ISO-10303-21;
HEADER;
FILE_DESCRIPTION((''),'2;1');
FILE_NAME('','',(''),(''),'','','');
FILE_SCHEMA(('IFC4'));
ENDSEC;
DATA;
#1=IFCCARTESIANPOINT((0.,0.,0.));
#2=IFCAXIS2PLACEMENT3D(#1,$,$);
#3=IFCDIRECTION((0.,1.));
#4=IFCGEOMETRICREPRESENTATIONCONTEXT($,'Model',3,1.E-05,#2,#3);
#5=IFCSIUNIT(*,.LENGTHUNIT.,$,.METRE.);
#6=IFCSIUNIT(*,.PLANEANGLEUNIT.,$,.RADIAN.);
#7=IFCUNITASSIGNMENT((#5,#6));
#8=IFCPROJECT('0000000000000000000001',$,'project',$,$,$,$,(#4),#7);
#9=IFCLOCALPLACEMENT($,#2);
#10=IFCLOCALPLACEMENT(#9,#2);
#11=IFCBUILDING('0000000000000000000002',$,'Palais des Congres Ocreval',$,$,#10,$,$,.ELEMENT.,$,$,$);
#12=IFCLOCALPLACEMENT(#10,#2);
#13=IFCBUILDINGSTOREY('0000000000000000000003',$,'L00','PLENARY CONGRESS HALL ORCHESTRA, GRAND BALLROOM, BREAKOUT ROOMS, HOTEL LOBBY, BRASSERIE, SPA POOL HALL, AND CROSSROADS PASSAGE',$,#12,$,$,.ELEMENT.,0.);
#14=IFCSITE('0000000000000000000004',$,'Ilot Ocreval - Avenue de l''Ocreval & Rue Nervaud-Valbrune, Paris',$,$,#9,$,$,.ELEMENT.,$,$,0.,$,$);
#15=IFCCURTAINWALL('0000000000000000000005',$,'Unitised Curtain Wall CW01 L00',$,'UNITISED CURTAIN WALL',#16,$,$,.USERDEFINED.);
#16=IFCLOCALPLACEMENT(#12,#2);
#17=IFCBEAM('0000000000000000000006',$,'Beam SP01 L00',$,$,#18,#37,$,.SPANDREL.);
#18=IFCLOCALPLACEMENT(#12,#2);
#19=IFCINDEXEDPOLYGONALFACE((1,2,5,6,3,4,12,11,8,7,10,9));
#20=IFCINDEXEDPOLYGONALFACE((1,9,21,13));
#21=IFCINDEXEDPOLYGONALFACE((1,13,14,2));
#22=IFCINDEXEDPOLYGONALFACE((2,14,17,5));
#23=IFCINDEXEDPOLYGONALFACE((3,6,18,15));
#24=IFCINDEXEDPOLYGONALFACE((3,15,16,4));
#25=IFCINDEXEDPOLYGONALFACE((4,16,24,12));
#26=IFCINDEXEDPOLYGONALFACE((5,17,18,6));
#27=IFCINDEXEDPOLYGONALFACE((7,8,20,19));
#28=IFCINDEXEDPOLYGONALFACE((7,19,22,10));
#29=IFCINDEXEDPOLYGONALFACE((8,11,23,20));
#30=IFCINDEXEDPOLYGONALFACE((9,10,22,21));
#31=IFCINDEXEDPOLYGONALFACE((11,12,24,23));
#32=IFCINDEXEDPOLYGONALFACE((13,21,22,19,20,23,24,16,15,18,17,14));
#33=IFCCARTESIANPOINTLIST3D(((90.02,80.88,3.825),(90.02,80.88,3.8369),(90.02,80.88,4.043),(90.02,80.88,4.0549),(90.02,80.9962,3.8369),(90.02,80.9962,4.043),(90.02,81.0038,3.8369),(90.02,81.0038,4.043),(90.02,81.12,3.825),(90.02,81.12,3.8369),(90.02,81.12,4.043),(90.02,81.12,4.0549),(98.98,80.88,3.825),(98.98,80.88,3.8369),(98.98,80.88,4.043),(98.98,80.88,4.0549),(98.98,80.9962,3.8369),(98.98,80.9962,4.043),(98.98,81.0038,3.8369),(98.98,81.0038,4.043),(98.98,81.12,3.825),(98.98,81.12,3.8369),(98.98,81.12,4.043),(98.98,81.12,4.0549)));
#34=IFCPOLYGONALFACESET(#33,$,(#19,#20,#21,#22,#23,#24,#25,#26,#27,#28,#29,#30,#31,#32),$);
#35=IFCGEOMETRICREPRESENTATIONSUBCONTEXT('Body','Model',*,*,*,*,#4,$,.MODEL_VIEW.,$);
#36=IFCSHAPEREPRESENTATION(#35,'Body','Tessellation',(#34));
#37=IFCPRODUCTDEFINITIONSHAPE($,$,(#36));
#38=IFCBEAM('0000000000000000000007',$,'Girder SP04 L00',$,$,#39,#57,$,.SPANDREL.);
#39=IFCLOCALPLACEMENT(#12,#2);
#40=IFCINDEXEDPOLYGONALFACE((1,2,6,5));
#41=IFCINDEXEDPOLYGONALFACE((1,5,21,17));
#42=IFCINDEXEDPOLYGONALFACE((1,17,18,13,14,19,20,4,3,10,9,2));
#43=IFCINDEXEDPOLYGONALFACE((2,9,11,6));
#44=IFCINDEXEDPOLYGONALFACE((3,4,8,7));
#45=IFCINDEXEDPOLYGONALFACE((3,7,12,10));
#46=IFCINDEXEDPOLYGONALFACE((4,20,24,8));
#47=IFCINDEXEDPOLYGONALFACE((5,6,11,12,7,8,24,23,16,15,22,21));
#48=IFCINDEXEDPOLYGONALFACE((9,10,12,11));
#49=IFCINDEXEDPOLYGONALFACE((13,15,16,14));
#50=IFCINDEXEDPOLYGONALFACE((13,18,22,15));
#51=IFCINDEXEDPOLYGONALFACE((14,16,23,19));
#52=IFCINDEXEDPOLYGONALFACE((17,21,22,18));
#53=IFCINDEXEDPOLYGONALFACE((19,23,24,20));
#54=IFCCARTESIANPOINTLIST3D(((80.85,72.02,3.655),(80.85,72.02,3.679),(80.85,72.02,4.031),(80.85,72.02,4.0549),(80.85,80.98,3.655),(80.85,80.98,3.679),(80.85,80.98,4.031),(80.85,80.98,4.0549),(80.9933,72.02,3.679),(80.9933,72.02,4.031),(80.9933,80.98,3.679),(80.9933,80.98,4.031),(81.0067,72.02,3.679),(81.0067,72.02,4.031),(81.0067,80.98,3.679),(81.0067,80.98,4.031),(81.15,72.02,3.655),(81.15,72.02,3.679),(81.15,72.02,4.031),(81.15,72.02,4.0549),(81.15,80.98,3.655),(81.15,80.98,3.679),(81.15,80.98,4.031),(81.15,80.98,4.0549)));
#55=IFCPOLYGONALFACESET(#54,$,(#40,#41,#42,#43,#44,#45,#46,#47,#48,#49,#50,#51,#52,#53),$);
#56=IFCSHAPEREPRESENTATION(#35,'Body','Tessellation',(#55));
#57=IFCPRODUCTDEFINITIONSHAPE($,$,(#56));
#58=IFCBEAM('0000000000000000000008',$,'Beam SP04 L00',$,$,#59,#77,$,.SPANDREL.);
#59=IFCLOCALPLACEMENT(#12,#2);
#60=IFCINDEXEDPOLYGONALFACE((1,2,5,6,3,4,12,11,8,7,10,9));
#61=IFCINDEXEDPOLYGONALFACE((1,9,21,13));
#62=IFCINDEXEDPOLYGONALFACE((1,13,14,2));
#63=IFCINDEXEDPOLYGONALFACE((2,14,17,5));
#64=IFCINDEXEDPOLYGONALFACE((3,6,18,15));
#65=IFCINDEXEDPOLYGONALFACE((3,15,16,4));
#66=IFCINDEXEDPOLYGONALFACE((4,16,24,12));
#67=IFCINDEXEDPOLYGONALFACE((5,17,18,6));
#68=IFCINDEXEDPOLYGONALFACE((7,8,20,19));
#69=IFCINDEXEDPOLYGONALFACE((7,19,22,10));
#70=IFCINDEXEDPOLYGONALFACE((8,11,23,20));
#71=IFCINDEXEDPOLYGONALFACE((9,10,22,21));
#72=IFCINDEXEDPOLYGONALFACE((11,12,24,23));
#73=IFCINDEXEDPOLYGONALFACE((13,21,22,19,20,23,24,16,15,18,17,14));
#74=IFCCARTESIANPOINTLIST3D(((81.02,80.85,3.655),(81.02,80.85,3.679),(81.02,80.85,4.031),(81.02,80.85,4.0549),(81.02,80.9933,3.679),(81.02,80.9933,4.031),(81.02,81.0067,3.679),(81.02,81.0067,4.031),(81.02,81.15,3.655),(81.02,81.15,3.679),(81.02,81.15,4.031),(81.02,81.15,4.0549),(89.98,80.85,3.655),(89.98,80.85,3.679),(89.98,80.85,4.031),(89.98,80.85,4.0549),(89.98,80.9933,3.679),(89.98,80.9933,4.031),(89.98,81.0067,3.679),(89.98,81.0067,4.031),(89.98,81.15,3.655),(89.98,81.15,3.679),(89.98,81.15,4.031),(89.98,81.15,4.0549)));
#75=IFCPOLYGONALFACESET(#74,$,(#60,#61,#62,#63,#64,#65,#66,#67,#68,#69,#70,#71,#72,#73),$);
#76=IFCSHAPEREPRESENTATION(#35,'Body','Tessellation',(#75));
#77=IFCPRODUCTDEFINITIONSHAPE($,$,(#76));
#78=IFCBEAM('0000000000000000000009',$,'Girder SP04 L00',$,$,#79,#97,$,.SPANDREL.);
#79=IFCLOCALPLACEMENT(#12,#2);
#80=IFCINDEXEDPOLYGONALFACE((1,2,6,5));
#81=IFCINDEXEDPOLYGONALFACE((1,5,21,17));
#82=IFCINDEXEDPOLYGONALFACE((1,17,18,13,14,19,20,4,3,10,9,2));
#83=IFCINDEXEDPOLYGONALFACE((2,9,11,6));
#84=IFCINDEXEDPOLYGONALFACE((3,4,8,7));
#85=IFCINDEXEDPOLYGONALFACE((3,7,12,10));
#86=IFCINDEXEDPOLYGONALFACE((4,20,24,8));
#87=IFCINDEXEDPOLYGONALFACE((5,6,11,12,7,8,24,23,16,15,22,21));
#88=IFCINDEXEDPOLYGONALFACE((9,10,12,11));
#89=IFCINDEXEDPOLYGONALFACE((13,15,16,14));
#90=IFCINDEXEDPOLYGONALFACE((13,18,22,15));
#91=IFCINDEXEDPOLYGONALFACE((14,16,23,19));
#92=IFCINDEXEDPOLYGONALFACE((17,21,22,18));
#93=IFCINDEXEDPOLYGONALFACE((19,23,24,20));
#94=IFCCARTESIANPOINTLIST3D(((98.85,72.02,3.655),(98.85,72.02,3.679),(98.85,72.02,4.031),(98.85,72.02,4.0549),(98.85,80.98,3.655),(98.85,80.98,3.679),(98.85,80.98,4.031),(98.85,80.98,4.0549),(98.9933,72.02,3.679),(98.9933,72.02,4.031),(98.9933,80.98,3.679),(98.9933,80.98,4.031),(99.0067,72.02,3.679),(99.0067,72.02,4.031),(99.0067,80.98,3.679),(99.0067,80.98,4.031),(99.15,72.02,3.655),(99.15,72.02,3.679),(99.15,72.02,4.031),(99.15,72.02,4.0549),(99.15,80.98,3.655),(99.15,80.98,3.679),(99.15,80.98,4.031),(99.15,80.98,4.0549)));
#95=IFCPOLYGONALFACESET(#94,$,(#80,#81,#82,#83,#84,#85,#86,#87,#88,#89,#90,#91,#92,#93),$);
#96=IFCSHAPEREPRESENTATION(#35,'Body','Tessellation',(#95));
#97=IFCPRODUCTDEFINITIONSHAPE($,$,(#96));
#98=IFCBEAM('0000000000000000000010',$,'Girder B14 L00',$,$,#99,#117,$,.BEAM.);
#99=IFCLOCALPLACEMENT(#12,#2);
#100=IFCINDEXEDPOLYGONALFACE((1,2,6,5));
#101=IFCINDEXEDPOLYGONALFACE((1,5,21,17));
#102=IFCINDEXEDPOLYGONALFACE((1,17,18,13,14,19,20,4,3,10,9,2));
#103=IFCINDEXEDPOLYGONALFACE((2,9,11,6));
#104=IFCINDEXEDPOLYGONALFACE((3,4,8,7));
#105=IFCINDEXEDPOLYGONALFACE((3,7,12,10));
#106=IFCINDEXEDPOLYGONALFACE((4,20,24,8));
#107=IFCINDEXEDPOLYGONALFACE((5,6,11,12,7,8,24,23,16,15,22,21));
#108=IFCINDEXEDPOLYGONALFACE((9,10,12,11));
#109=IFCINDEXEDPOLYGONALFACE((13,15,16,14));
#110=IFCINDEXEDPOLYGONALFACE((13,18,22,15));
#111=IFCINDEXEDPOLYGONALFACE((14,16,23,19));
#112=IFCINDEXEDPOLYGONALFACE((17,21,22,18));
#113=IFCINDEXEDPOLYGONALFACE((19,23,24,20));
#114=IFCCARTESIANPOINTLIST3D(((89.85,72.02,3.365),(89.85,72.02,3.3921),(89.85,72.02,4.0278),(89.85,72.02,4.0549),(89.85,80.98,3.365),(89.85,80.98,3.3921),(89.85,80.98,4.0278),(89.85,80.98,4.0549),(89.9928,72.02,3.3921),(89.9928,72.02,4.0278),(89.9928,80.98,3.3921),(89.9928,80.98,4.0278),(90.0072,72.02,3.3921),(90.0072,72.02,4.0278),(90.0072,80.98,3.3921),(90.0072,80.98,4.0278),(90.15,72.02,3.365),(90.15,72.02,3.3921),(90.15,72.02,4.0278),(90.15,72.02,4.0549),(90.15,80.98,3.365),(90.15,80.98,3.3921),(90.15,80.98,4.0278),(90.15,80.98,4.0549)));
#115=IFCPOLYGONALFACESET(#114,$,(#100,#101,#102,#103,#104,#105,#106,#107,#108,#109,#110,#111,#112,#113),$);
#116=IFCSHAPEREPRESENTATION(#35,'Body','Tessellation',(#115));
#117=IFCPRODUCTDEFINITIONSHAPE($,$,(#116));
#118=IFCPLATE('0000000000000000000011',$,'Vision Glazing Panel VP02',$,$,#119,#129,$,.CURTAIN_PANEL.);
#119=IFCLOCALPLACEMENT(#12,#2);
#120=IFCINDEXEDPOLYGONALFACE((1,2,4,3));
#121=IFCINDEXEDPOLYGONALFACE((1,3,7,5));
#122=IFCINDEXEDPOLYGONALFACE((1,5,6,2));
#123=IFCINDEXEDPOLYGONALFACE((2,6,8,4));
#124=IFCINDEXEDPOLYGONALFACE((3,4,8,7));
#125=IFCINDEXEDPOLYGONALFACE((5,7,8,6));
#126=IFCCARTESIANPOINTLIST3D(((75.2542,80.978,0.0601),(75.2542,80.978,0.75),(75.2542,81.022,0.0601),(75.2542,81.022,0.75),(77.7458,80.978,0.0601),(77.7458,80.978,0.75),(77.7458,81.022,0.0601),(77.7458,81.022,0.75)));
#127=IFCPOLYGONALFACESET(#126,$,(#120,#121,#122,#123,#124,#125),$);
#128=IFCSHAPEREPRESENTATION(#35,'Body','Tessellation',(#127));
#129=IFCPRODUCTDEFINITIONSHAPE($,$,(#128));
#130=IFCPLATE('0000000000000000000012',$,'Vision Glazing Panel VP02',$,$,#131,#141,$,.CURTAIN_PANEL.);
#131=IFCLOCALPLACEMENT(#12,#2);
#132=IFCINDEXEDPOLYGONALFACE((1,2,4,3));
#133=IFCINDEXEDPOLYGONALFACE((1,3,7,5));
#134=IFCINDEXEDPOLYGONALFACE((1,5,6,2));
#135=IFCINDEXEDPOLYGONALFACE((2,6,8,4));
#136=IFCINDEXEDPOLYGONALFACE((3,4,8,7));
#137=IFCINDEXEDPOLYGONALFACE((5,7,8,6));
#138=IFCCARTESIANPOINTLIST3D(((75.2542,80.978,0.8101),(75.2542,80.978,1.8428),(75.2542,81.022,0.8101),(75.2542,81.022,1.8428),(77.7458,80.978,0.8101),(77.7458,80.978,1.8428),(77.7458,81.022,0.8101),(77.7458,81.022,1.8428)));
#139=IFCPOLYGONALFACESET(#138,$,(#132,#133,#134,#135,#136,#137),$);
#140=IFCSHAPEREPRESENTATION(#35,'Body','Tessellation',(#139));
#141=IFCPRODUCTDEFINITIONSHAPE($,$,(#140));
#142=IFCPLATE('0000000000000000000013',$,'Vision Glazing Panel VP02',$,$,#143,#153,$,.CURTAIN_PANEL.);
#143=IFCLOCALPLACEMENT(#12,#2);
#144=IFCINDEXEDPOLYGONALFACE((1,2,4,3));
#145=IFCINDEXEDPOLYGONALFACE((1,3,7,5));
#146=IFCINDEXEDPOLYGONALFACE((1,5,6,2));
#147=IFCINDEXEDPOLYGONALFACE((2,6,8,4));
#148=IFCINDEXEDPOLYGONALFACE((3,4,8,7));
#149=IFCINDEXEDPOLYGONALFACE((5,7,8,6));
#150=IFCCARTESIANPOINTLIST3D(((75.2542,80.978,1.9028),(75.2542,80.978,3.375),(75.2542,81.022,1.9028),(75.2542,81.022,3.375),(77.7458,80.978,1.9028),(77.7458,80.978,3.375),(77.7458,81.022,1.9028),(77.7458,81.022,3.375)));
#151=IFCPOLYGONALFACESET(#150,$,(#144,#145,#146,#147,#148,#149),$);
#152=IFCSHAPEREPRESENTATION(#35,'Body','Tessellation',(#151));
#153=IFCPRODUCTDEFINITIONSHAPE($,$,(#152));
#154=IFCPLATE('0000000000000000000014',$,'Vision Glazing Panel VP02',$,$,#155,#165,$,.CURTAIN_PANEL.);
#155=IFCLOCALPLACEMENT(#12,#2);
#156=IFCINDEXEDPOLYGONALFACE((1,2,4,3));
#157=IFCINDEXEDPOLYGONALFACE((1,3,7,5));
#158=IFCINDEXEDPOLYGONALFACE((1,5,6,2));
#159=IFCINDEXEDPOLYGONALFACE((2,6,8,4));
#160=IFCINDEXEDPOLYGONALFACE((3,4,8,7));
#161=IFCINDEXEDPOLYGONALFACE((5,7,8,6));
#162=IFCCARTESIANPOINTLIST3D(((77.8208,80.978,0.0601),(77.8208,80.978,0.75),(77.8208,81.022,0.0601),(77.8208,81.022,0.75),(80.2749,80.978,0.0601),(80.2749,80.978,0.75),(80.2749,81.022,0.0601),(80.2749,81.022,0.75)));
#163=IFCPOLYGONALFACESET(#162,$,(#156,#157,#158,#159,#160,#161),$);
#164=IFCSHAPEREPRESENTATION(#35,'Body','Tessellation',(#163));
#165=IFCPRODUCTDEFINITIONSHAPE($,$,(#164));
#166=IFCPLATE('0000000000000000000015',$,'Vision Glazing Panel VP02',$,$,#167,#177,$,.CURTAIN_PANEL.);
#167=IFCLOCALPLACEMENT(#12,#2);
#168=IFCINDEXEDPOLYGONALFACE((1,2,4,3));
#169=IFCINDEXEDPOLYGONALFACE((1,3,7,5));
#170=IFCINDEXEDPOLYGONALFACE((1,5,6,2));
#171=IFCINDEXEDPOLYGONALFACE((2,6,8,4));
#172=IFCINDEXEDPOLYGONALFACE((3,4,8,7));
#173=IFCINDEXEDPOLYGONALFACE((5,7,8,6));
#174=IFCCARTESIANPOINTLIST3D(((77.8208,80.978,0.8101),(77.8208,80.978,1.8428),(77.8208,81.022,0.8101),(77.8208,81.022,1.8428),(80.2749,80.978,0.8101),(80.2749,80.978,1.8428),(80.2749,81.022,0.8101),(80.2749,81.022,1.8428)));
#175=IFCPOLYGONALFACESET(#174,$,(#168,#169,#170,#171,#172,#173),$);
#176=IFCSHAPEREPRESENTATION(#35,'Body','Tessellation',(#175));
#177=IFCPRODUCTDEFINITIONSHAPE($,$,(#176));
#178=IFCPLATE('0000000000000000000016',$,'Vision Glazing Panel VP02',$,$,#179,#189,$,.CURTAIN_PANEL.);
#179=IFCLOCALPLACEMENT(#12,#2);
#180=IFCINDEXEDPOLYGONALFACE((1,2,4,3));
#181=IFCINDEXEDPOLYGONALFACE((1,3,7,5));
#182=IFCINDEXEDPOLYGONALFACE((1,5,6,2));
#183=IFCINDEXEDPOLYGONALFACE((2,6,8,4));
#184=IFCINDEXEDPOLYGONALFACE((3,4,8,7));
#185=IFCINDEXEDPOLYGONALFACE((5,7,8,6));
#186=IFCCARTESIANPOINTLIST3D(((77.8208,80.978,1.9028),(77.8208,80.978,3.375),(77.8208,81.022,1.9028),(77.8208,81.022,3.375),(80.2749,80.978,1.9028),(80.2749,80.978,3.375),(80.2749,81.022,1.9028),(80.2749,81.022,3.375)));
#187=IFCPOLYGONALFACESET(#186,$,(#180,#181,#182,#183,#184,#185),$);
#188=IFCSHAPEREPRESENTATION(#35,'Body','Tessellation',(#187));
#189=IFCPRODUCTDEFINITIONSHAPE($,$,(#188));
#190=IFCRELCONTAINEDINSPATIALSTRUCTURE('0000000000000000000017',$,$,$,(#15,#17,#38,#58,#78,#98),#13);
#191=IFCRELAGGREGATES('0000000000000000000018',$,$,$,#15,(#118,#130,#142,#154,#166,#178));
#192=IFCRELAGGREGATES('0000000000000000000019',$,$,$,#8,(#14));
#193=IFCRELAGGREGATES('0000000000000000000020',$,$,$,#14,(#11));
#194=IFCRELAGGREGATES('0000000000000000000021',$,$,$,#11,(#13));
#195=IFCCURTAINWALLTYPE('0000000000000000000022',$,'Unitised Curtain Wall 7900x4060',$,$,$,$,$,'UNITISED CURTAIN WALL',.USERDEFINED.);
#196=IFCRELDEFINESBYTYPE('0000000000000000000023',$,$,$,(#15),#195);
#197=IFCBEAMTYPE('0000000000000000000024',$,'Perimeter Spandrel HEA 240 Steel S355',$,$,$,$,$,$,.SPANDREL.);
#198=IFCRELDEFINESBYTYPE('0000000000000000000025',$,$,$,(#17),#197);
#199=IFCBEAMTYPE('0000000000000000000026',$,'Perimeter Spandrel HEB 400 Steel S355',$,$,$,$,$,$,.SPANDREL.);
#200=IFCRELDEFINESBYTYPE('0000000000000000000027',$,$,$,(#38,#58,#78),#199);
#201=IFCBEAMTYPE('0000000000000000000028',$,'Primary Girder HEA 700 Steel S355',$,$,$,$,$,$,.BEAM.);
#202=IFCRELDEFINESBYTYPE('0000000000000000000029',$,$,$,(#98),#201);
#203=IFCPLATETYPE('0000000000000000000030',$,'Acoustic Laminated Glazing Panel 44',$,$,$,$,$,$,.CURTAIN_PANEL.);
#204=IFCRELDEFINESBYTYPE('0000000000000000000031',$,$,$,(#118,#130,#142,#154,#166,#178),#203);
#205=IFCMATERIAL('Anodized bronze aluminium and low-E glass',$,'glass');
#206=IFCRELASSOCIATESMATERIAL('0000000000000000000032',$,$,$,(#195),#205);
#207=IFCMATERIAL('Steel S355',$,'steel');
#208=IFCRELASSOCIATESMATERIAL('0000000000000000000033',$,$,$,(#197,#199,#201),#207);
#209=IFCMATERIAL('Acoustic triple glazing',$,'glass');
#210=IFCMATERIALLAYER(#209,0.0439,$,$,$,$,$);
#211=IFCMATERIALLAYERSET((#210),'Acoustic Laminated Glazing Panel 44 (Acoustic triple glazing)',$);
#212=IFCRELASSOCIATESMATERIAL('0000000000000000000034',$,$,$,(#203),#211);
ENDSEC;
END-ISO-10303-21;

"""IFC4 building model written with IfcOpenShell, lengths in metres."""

from ifc_helpers import new_model, si_unit, direction, frame, origin, origin_2d, place, context, subcontext, project, spatial, rectangle, i_section, extrude, material, layer, layer_set, material_profile, profile_set, type_object, element, aggregate, save


model = new_model("IFC4")

# Units and contexts
model_context = context("Model", 3, precision=1e-05, world=origin(), true_north=direction((0.0, 1.0)))
body_context = subcontext(model_context, "Body", "Model", "MODEL_VIEW")
ifc_project = project(units=[si_unit("LENGTHUNIT", "METRE"), si_unit("PLANEANGLEUNIT", "RADIAN")], contexts=[model_context])

# Site, building, storey
site_placement = place(None, origin())
site = spatial("IfcSite", under=ifc_project, at=site_placement, Name="Ilot Ocreval - Avenue de l'Ocreval & Rue Nervaud-Valbrune, Paris", CompositionType="ELEMENT", RefElevation=0.0)
building_placement = place(site_placement, origin())
building = spatial("IfcBuilding", under=site, at=building_placement, Name="Palais des Congres Ocreval", CompositionType="ELEMENT")
storey_placement = place(building_placement, origin())
storey = spatial("IfcBuildingStorey", under=building, at=storey_placement, Name="L00", Description="PLENARY CONGRESS HALL ORCHESTRA, GRAND BALLROOM, BREAKOUT ROOMS, HOTEL LOBBY, BRASSERIE, SPA POOL HALL, AND CROSSROADS PASSAGE", CompositionType="ELEMENT", Elevation=0.0)

# Shared definitions
ifc_material_1 = material(Name="Steel S355", Category="steel")

# Curtain wall
ifc_material_2 = material(Name="Anodized bronze aluminium and low-E glass", Category="glass")
curtain_wall_type = type_object("IfcCurtainWallType", Name="Unitised Curtain Wall 7900x4060", ElementType="UNITISED CURTAIN WALL", PredefinedType="USERDEFINED", material=ifc_material_2)
curtain_wall_1_placement = place(storey_placement, origin())
curtain_wall_1 = element("IfcCurtainWall", 1, at=curtain_wall_1_placement, inside=storey, type_object=curtain_wall_type, Name="Unitised Curtain Wall CW01 L00", ObjectType="UNITISED CURTAIN WALL", PredefinedType="USERDEFINED")

# Beams
ifc_material_profile_1 = material_profile(ifc_material_1, i_section(OverallWidth=0.24, OverallDepth=0.23, WebThickness=0.0076, FlangeThickness=0.012, at=origin_2d()), Name="HEA 240")
ifc_profile_set_1 = profile_set([ifc_material_profile_1], Name="Steel S355")
beam_type_1 = type_object("IfcBeamType", Name="Perimeter Spandrel HEA 240 Steel S355", PredefinedType="SPANDREL", material=ifc_profile_set_1)
beam_1_placement = place(storey_placement, frame((90.02, 81.0, 3.9399), z_axis=(1.0, 0.0, 0.0), x_axis=(0.0, 1.0, 0.0)))
element("IfcBeam", 2, at=beam_1_placement, inside=storey, type_object=beam_type_1, Name="Beam SP01 L00", PredefinedType="SPANDREL", context=body_context, shape_type="SweptSolid", body=[
    extrude(i_section(OverallWidth=0.24, OverallDepth=0.23, WebThickness=0.0076, FlangeThickness=0.012, at=origin_2d()), origin(), (0.0, 0.0, 1.0), 8.96),
])
ifc_material_profile_2 = material_profile(ifc_material_1, i_section(OverallWidth=0.3, OverallDepth=0.3999, WebThickness=0.0134, FlangeThickness=0.0239, at=origin_2d()), Name="HEB 400")
ifc_profile_set_2 = profile_set([ifc_material_profile_2], Name="Steel S355")
beam_type_2 = type_object("IfcBeamType", Name="Perimeter Spandrel HEB 400 Steel S355", PredefinedType="SPANDREL", material=ifc_profile_set_2)
for number, where, z_axis, x_axis, name in (
    (3, (81.0, 72.02, 3.855), (0.0, 1.0, 0.0), (-1.0, 0.0, 0.0), "Girder SP04 L00"),
    (4, (81.02, 81.0, 3.855), (1.0, 0.0, 0.0), (0.0, 1.0, 0.0), "Beam SP04 L00"),
    (5, (99.0, 72.02, 3.855), (0.0, 1.0, 0.0), (-1.0, 0.0, 0.0), "Girder SP04 L00"),
):
    element("IfcBeam", number, at=place(storey_placement, frame(where, z_axis=z_axis, x_axis=x_axis)), inside=storey, type_object=beam_type_2, Name=name, PredefinedType="SPANDREL", context=body_context, shape_type="SweptSolid", body=[
        extrude(i_section(OverallWidth=0.3, OverallDepth=0.3999, WebThickness=0.0134, FlangeThickness=0.0239, at=origin_2d()), origin(), (0.0, 0.0, 1.0), 8.96),
    ])
ifc_material_profile_3 = material_profile(ifc_material_1, i_section(OverallWidth=0.3, OverallDepth=0.6899, WebThickness=0.0144, FlangeThickness=0.0271, at=origin_2d()), Name="HEA 700")
ifc_profile_set_3 = profile_set([ifc_material_profile_3], Name="Steel S355")
beam_type_3 = type_object("IfcBeamType", Name="Primary Girder HEA 700 Steel S355", PredefinedType="BEAM", material=ifc_profile_set_3)
beam_2_placement = place(storey_placement, frame((90.0, 72.02, 3.71), z_axis=(0.0, 1.0, 0.0), x_axis=(-1.0, 0.0, 0.0)))
element("IfcBeam", 6, at=beam_2_placement, inside=storey, type_object=beam_type_3, Name="Girder B14 L00", PredefinedType="BEAM", context=body_context, shape_type="SweptSolid", body=[
    extrude(i_section(OverallWidth=0.3, OverallDepth=0.6899, WebThickness=0.0144, FlangeThickness=0.0271, at=origin_2d()), origin(), (0.0, 0.0, 1.0), 8.96),
])

# Plates
ifc_material_3 = material(Name="Acoustic triple glazing", Category="glass")
ifc_layer_1 = layer(ifc_material_3, 0.0439)
ifc_layer_set_1 = layer_set([ifc_layer_1], Name="Acoustic Laminated Glazing Panel 44 (Acoustic triple glazing)")
plate_type_1 = type_object("IfcPlateType", Name="Acoustic Laminated Glazing Panel 44", PredefinedType="CURTAIN_PANEL", material=ifc_layer_set_1)
plate_1_placement = place(storey_placement, frame((76.5, 81.0, 0.0601), z_axis=(0.0, 0.0, 1.0), x_axis=(1.0, 0.0, 0.0)))
plate_1 = element("IfcPlate", 7, at=plate_1_placement, type_object=plate_type_1, Name="Vision Glazing Panel VP02", PredefinedType="CURTAIN_PANEL", context=body_context, shape_type="SweptSolid", body=[
    extrude(rectangle(XDim=2.4917, YDim=0.0439, at=origin_2d()), origin(), (0.0, 0.0, 1.0), 0.6899),
])
plate_2_placement = place(storey_placement, frame((76.5, 81.0, 0.8101), z_axis=(0.0, 0.0, 1.0), x_axis=(1.0, 0.0, 0.0)))
plate_2 = element("IfcPlate", 8, at=plate_2_placement, type_object=plate_type_1, Name="Vision Glazing Panel VP02", PredefinedType="CURTAIN_PANEL", context=body_context, shape_type="SweptSolid", body=[
    extrude(rectangle(XDim=2.4917, YDim=0.0439, at=origin_2d()), origin(), (0.0, 0.0, 1.0), 1.0327),
])
plate_3_placement = place(storey_placement, frame((76.5, 81.0, 1.9028), z_axis=(0.0, 0.0, 1.0), x_axis=(1.0, 0.0, 0.0)))
plate_3 = element("IfcPlate", 9, at=plate_3_placement, type_object=plate_type_1, Name="Vision Glazing Panel VP02", PredefinedType="CURTAIN_PANEL", context=body_context, shape_type="SweptSolid", body=[
    extrude(rectangle(XDim=2.4917, YDim=0.0439, at=origin_2d()), origin(), (0.0, 0.0, 1.0), 1.4722),
])
plate_4_placement = place(storey_placement, frame((79.0479, 81.0, 0.0601), z_axis=(0.0, 0.0, 1.0), x_axis=(1.0, 0.0, 0.0)))
plate_4 = element("IfcPlate", 10, at=plate_4_placement, type_object=plate_type_1, Name="Vision Glazing Panel VP02", PredefinedType="CURTAIN_PANEL", context=body_context, shape_type="SweptSolid", body=[
    extrude(rectangle(XDim=2.4541, YDim=0.0439, at=origin_2d()), origin(), (0.0, 0.0, 1.0), 0.6899),
])
plate_5_placement = place(storey_placement, frame((79.0479, 81.0, 0.8101), z_axis=(0.0, 0.0, 1.0), x_axis=(1.0, 0.0, 0.0)))
plate_5 = element("IfcPlate", 11, at=plate_5_placement, type_object=plate_type_1, Name="Vision Glazing Panel VP02", PredefinedType="CURTAIN_PANEL", context=body_context, shape_type="SweptSolid", body=[
    extrude(rectangle(XDim=2.4541, YDim=0.0439, at=origin_2d()), origin(), (0.0, 0.0, 1.0), 1.0327),
])
plate_6_placement = place(storey_placement, frame((79.0479, 81.0, 1.9028), z_axis=(0.0, 0.0, 1.0), x_axis=(1.0, 0.0, 0.0)))
plate_6 = element("IfcPlate", 12, at=plate_6_placement, type_object=plate_type_1, Name="Vision Glazing Panel VP02", PredefinedType="CURTAIN_PANEL", context=body_context, shape_type="SweptSolid", body=[
    extrude(rectangle(XDim=2.4541, YDim=0.0439, at=origin_2d()), origin(), (0.0, 0.0, 1.0), 1.4722),
])
aggregate(curtain_wall_1, [plate_1, plate_2, plate_3, plate_4, plate_5, plate_6])

save(model, "model.ifc")
